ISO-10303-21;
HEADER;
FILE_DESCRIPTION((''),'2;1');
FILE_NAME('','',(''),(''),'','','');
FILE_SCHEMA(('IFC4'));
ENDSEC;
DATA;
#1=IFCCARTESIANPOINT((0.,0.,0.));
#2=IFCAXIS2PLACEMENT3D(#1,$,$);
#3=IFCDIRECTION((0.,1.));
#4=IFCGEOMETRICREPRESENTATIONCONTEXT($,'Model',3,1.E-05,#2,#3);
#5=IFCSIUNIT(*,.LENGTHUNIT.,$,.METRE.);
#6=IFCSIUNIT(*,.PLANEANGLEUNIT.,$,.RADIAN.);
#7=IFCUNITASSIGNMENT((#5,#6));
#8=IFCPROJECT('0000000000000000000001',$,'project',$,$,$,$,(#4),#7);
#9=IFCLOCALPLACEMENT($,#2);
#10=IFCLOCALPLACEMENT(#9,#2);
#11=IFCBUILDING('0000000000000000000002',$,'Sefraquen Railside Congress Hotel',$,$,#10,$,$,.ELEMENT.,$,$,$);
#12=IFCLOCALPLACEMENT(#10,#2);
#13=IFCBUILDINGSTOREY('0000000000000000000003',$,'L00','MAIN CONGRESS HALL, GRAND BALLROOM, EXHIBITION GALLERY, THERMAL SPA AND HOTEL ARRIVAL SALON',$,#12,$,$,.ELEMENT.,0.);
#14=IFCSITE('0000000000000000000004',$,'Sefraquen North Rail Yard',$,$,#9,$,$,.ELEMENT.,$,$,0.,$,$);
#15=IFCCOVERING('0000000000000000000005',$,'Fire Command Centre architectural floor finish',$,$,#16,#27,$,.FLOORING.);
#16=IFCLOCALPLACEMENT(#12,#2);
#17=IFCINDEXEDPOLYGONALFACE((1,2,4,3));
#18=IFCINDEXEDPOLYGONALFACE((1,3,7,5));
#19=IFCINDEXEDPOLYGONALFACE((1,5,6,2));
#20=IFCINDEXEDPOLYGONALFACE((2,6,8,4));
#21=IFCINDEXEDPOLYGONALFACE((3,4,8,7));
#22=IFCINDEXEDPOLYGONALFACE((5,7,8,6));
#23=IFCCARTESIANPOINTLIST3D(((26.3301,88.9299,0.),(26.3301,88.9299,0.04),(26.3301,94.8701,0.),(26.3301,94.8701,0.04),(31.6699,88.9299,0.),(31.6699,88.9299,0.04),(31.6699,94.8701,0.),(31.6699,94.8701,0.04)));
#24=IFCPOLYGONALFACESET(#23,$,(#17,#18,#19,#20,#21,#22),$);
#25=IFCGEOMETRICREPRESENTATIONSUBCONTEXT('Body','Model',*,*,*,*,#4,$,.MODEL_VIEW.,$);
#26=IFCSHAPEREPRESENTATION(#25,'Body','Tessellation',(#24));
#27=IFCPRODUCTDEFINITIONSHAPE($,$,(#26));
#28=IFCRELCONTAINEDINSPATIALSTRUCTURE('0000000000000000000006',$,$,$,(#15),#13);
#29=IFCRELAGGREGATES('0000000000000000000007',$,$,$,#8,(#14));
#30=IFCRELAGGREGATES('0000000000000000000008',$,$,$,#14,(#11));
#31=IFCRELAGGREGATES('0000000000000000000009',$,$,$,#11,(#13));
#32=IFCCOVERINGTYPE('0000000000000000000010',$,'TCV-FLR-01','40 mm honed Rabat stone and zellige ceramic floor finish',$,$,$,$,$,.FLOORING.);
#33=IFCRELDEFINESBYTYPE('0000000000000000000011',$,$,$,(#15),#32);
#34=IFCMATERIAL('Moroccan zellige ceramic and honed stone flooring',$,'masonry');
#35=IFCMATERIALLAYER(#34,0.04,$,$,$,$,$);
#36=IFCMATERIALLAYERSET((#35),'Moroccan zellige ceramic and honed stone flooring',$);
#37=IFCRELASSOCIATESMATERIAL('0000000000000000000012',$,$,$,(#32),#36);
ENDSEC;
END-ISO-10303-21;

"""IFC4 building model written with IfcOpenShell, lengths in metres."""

from ifc_helpers import new_model, si_unit, direction, origin, place, context, subcontext, project, spatial, polyline, outline, extrude, material, layer, layer_set, type_object, element, save


model = new_model("IFC4")

# Units and contexts
model_context = context("Model", 3, precision=1e-05, world=origin(), true_north=direction((0.0, 1.0)))
body_context = subcontext(model_context, "Body", "Model", "MODEL_VIEW")
ifc_project = project(units=[si_unit("LENGTHUNIT", "METRE"), si_unit("PLANEANGLEUNIT", "RADIAN")], contexts=[model_context])

# Site, building, storey
site_placement = place(None, origin())
site = spatial("IfcSite", under=ifc_project, at=site_placement, Name="Sefraquen North Rail Yard", CompositionType="ELEMENT", RefElevation=0.0)
building_placement = place(site_placement, origin())
building = spatial("IfcBuilding", under=site, at=building_placement, Name="Sefraquen Railside Congress Hotel", CompositionType="ELEMENT")
storey_placement = place(building_placement, origin())
storey = spatial("IfcBuildingStorey", under=building, at=storey_placement, Name="L00", Description="MAIN CONGRESS HALL, GRAND BALLROOM, EXHIBITION GALLERY, THERMAL SPA AND HOTEL ARRIVAL SALON", CompositionType="ELEMENT", Elevation=0.0)

# Covering
ifc_material_1 = material(Name="Moroccan zellige ceramic and honed stone flooring", Category="masonry")
ifc_layer_1 = layer(ifc_material_1, 0.04)
ifc_layer_set_1 = layer_set([ifc_layer_1], Name="Moroccan zellige ceramic and honed stone flooring")
covering_type_1 = type_object("IfcCoveringType", Name="TCV-FLR-01", Description="40 mm honed Rabat stone and zellige ceramic floor finish", PredefinedType="FLOORING", material=ifc_layer_set_1)
covering_1_placement = place(storey_placement, origin())
element("IfcCovering", 1, at=covering_1_placement, inside=storey, type_object=covering_type_1, Name="Fire Command Centre architectural floor finish", PredefinedType="FLOORING", context=body_context, shape_type="SweptSolid", body=[
    extrude(outline(polyline([(26.3301, 88.9299), (31.6699, 88.9299), (31.6699, 94.8701), (26.3301, 94.8701), (26.3301, 88.9299)])), origin(), (0.0, 0.0, 1.0), 0.04),
])

save(model, "model.ifc")
